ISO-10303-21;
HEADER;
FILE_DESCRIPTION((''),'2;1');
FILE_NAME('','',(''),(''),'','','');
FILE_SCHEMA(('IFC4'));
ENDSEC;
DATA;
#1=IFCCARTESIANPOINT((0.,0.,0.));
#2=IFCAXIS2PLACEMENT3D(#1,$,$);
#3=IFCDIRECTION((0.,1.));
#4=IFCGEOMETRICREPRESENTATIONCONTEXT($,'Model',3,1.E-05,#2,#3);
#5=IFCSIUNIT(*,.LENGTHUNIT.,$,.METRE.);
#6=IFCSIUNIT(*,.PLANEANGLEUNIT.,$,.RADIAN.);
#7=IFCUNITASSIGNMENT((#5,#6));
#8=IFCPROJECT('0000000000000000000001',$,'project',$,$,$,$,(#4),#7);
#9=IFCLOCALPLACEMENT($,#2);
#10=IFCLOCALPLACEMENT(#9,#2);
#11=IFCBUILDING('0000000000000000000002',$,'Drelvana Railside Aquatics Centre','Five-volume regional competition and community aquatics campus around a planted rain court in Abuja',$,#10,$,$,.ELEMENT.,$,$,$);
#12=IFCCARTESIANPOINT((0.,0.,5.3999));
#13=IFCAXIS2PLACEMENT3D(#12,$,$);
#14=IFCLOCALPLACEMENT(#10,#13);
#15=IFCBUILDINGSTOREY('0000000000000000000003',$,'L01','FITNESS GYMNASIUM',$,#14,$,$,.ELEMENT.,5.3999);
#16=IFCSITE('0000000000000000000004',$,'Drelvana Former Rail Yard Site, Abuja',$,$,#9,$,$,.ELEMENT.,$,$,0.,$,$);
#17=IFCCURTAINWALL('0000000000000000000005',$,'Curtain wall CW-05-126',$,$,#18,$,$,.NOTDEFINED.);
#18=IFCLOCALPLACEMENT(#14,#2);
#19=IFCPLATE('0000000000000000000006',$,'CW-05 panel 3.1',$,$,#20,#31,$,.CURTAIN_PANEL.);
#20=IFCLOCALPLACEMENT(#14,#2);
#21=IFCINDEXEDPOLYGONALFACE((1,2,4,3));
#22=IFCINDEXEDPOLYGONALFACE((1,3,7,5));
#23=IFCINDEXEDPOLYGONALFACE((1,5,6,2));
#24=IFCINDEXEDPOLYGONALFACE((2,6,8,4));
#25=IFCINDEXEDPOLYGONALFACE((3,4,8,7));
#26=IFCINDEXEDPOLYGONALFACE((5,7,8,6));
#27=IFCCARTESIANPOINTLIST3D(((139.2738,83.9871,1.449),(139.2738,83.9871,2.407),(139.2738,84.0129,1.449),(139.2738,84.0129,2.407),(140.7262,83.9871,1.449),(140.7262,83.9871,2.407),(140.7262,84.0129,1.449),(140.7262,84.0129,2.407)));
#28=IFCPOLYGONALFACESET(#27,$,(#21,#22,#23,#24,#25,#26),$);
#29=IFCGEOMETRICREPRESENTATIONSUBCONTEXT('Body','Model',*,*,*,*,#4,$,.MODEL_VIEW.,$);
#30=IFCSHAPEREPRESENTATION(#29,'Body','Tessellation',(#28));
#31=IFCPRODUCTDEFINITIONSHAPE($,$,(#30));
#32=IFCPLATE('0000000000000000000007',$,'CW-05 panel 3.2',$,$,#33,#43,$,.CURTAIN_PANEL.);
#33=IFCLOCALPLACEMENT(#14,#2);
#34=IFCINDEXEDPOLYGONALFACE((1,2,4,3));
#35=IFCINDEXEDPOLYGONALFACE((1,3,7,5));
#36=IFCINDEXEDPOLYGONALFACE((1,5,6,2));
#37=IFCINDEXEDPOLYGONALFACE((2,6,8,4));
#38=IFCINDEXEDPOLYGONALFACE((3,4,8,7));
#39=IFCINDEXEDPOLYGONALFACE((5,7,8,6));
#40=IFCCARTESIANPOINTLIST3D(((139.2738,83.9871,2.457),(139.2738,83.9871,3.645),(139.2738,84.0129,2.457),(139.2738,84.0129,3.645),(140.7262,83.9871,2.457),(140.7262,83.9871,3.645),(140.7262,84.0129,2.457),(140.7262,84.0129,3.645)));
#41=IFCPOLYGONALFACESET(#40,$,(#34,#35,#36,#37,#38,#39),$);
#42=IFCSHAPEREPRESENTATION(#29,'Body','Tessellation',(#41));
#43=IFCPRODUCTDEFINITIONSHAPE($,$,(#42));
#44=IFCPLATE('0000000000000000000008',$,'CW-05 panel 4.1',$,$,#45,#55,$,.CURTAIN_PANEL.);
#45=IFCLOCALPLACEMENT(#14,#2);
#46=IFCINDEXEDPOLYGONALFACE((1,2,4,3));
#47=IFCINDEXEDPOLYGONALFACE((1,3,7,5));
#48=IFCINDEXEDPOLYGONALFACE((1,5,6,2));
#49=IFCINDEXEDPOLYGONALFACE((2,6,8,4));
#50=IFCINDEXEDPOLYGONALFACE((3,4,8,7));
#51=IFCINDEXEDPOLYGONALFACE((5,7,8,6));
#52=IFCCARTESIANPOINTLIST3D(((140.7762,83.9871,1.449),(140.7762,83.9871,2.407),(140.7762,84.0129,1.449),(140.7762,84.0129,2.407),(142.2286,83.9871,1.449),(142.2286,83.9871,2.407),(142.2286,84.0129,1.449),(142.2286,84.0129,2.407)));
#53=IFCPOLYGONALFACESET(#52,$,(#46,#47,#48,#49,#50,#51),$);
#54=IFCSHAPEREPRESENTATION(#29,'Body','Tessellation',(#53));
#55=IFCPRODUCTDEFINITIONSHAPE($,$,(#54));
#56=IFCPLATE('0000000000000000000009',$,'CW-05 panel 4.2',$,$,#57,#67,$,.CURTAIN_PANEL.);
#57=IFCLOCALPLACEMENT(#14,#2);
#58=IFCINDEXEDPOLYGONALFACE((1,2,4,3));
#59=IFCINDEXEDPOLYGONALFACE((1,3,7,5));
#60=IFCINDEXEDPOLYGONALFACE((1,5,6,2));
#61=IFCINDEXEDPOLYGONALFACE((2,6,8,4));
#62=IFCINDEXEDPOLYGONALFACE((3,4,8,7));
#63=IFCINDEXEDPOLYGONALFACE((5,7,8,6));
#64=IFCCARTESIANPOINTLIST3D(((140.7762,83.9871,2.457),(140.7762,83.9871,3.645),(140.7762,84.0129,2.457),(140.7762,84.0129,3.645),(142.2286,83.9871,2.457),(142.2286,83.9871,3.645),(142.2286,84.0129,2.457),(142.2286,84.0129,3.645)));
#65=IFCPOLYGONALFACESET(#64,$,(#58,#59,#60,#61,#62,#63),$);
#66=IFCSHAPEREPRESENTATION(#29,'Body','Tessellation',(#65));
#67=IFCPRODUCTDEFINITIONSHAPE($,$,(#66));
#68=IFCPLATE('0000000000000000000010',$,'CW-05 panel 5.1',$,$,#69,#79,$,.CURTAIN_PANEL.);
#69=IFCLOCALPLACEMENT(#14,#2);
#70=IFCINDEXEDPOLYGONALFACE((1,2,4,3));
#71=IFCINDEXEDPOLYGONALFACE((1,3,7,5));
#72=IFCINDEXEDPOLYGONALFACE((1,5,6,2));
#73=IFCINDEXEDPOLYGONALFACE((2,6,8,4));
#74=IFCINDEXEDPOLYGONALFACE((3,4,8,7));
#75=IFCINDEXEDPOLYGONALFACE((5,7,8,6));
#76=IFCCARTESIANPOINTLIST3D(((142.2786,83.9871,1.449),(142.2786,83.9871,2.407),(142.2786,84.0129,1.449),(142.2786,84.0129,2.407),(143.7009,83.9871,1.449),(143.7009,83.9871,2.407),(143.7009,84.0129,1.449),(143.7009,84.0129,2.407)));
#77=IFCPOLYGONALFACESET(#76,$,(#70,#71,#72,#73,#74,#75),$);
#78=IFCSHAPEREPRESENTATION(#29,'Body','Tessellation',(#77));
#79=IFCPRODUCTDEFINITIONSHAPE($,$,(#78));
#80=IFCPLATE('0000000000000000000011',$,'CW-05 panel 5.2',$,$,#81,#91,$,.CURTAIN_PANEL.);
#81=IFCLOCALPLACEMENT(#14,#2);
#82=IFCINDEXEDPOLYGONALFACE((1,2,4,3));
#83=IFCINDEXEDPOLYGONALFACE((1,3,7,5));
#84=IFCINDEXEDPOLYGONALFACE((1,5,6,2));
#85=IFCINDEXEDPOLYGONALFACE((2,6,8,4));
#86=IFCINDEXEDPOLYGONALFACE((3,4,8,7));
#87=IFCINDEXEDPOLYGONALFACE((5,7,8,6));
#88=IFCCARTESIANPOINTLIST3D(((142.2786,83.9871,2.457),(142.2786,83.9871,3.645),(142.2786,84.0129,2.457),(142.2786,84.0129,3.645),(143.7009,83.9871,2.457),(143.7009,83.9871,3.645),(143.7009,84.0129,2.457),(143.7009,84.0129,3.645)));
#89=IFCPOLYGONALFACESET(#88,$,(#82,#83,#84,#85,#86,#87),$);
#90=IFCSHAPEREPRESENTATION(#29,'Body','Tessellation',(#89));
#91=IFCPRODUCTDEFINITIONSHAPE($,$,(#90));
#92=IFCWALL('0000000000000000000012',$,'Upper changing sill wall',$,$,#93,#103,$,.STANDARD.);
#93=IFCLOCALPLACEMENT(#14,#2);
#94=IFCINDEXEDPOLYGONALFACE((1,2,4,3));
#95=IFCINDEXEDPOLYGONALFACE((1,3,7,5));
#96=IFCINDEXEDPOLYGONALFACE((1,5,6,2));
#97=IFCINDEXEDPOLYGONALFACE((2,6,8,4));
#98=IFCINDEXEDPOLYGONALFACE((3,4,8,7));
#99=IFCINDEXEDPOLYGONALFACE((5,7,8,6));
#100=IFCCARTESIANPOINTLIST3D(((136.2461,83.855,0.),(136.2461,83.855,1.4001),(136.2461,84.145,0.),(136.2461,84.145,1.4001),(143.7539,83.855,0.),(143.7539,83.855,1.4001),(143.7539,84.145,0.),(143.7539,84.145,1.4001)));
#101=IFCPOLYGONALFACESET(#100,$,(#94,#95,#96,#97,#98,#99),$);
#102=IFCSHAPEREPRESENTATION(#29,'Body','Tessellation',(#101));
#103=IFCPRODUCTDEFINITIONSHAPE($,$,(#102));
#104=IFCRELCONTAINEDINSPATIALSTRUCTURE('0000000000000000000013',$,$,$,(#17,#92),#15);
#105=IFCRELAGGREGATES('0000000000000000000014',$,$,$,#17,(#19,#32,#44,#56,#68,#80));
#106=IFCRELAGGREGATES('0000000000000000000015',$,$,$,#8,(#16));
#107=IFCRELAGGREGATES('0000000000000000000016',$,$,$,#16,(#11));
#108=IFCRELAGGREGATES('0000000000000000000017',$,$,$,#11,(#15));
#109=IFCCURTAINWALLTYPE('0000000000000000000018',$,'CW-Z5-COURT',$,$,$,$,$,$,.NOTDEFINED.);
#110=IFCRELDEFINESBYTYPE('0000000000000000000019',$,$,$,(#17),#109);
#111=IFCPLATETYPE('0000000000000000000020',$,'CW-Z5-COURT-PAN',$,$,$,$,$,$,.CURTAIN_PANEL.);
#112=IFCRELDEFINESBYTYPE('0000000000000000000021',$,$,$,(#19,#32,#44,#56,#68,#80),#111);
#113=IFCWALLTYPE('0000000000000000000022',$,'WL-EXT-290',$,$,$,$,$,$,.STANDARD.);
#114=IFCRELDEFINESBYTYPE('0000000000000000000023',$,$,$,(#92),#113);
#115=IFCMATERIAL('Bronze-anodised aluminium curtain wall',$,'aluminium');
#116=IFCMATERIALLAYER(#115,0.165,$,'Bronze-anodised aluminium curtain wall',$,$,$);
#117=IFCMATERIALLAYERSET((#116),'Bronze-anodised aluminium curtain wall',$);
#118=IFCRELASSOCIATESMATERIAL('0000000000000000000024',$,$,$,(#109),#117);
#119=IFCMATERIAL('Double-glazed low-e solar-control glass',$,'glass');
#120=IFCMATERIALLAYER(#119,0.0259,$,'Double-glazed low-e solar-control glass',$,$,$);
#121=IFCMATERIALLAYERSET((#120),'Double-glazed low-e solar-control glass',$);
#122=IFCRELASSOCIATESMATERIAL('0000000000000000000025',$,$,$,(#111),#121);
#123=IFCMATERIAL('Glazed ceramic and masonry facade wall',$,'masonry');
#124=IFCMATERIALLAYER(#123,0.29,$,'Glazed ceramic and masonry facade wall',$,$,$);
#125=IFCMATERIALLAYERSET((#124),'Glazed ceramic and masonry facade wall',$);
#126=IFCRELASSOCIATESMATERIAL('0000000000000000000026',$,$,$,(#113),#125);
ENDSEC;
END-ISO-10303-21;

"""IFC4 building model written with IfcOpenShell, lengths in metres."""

from ifc_helpers import new_model, si_unit, direction, frame, frame_2d, origin, origin_2d, place, context, subcontext, project, spatial, rectangle, extrude, material, layer, layer_set, type_object, element, aggregate, save


model = new_model("IFC4")

# Units and contexts
model_context = context("Model", 3, precision=1e-05, world=origin(), true_north=direction((0.0, 1.0)))
body_context = subcontext(model_context, "Body", "Model", "MODEL_VIEW")
ifc_project = project(units=[si_unit("LENGTHUNIT", "METRE"), si_unit("PLANEANGLEUNIT", "RADIAN")], contexts=[model_context])

# Site, building, storey
site_placement = place(None, origin())
site = spatial("IfcSite", under=ifc_project, at=site_placement, Name="Drelvana Former Rail Yard Site, Abuja", CompositionType="ELEMENT", RefElevation=0.0)
building_placement = place(site_placement, origin())
building = spatial("IfcBuilding", under=site, at=building_placement, Name="Drelvana Railside Aquatics Centre", Description="Five-volume regional competition and community aquatics campus around a planted rain court in Abuja", CompositionType="ELEMENT")
storey_placement = place(building_placement, frame((0.0, 0.0, 5.3999)))
storey = spatial("IfcBuildingStorey", under=building, at=storey_placement, Name="L01", Description="FITNESS GYMNASIUM", CompositionType="ELEMENT", Elevation=5.3999)

# Curtain wall
ifc_material_1 = material(Name="Bronze-anodised aluminium curtain wall", Category="aluminium")
ifc_layer_1 = layer(ifc_material_1, 0.165, Name="Bronze-anodised aluminium curtain wall")
ifc_layer_set_1 = layer_set([ifc_layer_1], Name="Bronze-anodised aluminium curtain wall")
curtain_wall_type = type_object("IfcCurtainWallType", Name="CW-Z5-COURT", PredefinedType="NOTDEFINED", material=ifc_layer_set_1)
curtain_wall_placement = place(storey_placement, origin())
curtain_wall = element("IfcCurtainWall", 1, at=curtain_wall_placement, inside=storey, type_object=curtain_wall_type, Name="Curtain wall CW-05-126", PredefinedType="NOTDEFINED")

# Plates
ifc_material_2 = material(Name="Double-glazed low-e solar-control glass", Category="glass")
ifc_layer_2 = layer(ifc_material_2, 0.0259, Name="Double-glazed low-e solar-control glass")
ifc_layer_set_2 = layer_set([ifc_layer_2], Name="Double-glazed low-e solar-control glass")
plate_type = type_object("IfcPlateType", Name="CW-Z5-COURT-PAN", PredefinedType="CURTAIN_PANEL", material=ifc_layer_set_2)
plate_1_placement = place(storey_placement, frame((140.0, 84.0, 1.449), z_axis=(0.0, 0.0, 1.0), x_axis=(1.0, 0.0, 0.0)))
plate_1 = element("IfcPlate", 2, at=plate_1_placement, type_object=plate_type, Name="CW-05 panel 3.1", PredefinedType="CURTAIN_PANEL", context=body_context, shape_type="SweptSolid", body=[
    extrude(rectangle(XDim=1.4524, YDim=0.0259, at=origin_2d()), origin(), (0.0, 0.0, 1.0), 0.958),
])
plate_2_placement = place(storey_placement, frame((140.0, 84.0, 2.457), z_axis=(0.0, 0.0, 1.0), x_axis=(1.0, 0.0, 0.0)))
plate_2 = element("IfcPlate", 3, at=plate_2_placement, type_object=plate_type, Name="CW-05 panel 3.2", PredefinedType="CURTAIN_PANEL", context=body_context, shape_type="SweptSolid", body=[
    extrude(rectangle(XDim=1.4524, YDim=0.0259, at=origin_2d()), origin(), (0.0, 0.0, 1.0), 1.188),
])
plate_3_placement = place(storey_placement, frame((141.5024, 84.0, 1.449), z_axis=(0.0, 0.0, 1.0), x_axis=(1.0, 0.0, 0.0)))
plate_3 = element("IfcPlate", 4, at=plate_3_placement, type_object=plate_type, Name="CW-05 panel 4.1", PredefinedType="CURTAIN_PANEL", context=body_context, shape_type="SweptSolid", body=[
    extrude(rectangle(XDim=1.4524, YDim=0.0259, at=origin_2d()), origin(), (0.0, 0.0, 1.0), 0.958),
])
plate_4_placement = place(storey_placement, frame((141.5024, 84.0, 2.457), z_axis=(0.0, 0.0, 1.0), x_axis=(1.0, 0.0, 0.0)))
plate_4 = element("IfcPlate", 5, at=plate_4_placement, type_object=plate_type, Name="CW-05 panel 4.2", PredefinedType="CURTAIN_PANEL", context=body_context, shape_type="SweptSolid", body=[
    extrude(rectangle(XDim=1.4524, YDim=0.0259, at=origin_2d()), origin(), (0.0, 0.0, 1.0), 1.188),
])
plate_5_placement = place(storey_placement, frame((142.9897, 84.0, 1.449), z_axis=(0.0, 0.0, 1.0), x_axis=(1.0, 0.0, 0.0)))
plate_5 = element("IfcPlate", 6, at=plate_5_placement, type_object=plate_type, Name="CW-05 panel 5.1", PredefinedType="CURTAIN_PANEL", context=body_context, shape_type="SweptSolid", body=[
    extrude(rectangle(XDim=1.4224, YDim=0.0259, at=origin_2d()), origin(), (0.0, 0.0, 1.0), 0.958),
])
plate_6_placement = place(storey_placement, frame((142.9897, 84.0, 2.457), z_axis=(0.0, 0.0, 1.0), x_axis=(1.0, 0.0, 0.0)))
plate_6 = element("IfcPlate", 7, at=plate_6_placement, type_object=plate_type, Name="CW-05 panel 5.2", PredefinedType="CURTAIN_PANEL", context=body_context, shape_type="SweptSolid", body=[
    extrude(rectangle(XDim=1.4224, YDim=0.0259, at=origin_2d()), origin(), (0.0, 0.0, 1.0), 1.188),
])
aggregate(curtain_wall, [plate_1, plate_2, plate_3, plate_4, plate_5, plate_6])

# Wall
ifc_material_3 = material(Name="Glazed ceramic and masonry facade wall", Category="masonry")
ifc_layer_3 = layer(ifc_material_3, 0.29, Name="Glazed ceramic and masonry facade wall")
ifc_layer_set_3 = layer_set([ifc_layer_3], Name="Glazed ceramic and masonry facade wall")
wall_type = type_object("IfcWallType", Name="WL-EXT-290", PredefinedType="STANDARD", material=ifc_layer_set_3)
wall_placement = place(storey_placement, frame((136.2461, 84.0, 0.0), z_axis=(0.0, 0.0, 1.0), x_axis=(1.0, 0.0, 0.0)))
element("IfcWall", 8, at=wall_placement, inside=storey, type_object=wall_type, Name="Upper changing sill wall", PredefinedType="STANDARD", context=body_context, shape_type="SweptSolid", body=[
    extrude(rectangle(XDim=7.5078, YDim=0.29, at=frame_2d((3.7539, 0.0))), origin(), (0.0, 0.0, 1.0), 1.4001),
])

save(model, "model.ifc")
